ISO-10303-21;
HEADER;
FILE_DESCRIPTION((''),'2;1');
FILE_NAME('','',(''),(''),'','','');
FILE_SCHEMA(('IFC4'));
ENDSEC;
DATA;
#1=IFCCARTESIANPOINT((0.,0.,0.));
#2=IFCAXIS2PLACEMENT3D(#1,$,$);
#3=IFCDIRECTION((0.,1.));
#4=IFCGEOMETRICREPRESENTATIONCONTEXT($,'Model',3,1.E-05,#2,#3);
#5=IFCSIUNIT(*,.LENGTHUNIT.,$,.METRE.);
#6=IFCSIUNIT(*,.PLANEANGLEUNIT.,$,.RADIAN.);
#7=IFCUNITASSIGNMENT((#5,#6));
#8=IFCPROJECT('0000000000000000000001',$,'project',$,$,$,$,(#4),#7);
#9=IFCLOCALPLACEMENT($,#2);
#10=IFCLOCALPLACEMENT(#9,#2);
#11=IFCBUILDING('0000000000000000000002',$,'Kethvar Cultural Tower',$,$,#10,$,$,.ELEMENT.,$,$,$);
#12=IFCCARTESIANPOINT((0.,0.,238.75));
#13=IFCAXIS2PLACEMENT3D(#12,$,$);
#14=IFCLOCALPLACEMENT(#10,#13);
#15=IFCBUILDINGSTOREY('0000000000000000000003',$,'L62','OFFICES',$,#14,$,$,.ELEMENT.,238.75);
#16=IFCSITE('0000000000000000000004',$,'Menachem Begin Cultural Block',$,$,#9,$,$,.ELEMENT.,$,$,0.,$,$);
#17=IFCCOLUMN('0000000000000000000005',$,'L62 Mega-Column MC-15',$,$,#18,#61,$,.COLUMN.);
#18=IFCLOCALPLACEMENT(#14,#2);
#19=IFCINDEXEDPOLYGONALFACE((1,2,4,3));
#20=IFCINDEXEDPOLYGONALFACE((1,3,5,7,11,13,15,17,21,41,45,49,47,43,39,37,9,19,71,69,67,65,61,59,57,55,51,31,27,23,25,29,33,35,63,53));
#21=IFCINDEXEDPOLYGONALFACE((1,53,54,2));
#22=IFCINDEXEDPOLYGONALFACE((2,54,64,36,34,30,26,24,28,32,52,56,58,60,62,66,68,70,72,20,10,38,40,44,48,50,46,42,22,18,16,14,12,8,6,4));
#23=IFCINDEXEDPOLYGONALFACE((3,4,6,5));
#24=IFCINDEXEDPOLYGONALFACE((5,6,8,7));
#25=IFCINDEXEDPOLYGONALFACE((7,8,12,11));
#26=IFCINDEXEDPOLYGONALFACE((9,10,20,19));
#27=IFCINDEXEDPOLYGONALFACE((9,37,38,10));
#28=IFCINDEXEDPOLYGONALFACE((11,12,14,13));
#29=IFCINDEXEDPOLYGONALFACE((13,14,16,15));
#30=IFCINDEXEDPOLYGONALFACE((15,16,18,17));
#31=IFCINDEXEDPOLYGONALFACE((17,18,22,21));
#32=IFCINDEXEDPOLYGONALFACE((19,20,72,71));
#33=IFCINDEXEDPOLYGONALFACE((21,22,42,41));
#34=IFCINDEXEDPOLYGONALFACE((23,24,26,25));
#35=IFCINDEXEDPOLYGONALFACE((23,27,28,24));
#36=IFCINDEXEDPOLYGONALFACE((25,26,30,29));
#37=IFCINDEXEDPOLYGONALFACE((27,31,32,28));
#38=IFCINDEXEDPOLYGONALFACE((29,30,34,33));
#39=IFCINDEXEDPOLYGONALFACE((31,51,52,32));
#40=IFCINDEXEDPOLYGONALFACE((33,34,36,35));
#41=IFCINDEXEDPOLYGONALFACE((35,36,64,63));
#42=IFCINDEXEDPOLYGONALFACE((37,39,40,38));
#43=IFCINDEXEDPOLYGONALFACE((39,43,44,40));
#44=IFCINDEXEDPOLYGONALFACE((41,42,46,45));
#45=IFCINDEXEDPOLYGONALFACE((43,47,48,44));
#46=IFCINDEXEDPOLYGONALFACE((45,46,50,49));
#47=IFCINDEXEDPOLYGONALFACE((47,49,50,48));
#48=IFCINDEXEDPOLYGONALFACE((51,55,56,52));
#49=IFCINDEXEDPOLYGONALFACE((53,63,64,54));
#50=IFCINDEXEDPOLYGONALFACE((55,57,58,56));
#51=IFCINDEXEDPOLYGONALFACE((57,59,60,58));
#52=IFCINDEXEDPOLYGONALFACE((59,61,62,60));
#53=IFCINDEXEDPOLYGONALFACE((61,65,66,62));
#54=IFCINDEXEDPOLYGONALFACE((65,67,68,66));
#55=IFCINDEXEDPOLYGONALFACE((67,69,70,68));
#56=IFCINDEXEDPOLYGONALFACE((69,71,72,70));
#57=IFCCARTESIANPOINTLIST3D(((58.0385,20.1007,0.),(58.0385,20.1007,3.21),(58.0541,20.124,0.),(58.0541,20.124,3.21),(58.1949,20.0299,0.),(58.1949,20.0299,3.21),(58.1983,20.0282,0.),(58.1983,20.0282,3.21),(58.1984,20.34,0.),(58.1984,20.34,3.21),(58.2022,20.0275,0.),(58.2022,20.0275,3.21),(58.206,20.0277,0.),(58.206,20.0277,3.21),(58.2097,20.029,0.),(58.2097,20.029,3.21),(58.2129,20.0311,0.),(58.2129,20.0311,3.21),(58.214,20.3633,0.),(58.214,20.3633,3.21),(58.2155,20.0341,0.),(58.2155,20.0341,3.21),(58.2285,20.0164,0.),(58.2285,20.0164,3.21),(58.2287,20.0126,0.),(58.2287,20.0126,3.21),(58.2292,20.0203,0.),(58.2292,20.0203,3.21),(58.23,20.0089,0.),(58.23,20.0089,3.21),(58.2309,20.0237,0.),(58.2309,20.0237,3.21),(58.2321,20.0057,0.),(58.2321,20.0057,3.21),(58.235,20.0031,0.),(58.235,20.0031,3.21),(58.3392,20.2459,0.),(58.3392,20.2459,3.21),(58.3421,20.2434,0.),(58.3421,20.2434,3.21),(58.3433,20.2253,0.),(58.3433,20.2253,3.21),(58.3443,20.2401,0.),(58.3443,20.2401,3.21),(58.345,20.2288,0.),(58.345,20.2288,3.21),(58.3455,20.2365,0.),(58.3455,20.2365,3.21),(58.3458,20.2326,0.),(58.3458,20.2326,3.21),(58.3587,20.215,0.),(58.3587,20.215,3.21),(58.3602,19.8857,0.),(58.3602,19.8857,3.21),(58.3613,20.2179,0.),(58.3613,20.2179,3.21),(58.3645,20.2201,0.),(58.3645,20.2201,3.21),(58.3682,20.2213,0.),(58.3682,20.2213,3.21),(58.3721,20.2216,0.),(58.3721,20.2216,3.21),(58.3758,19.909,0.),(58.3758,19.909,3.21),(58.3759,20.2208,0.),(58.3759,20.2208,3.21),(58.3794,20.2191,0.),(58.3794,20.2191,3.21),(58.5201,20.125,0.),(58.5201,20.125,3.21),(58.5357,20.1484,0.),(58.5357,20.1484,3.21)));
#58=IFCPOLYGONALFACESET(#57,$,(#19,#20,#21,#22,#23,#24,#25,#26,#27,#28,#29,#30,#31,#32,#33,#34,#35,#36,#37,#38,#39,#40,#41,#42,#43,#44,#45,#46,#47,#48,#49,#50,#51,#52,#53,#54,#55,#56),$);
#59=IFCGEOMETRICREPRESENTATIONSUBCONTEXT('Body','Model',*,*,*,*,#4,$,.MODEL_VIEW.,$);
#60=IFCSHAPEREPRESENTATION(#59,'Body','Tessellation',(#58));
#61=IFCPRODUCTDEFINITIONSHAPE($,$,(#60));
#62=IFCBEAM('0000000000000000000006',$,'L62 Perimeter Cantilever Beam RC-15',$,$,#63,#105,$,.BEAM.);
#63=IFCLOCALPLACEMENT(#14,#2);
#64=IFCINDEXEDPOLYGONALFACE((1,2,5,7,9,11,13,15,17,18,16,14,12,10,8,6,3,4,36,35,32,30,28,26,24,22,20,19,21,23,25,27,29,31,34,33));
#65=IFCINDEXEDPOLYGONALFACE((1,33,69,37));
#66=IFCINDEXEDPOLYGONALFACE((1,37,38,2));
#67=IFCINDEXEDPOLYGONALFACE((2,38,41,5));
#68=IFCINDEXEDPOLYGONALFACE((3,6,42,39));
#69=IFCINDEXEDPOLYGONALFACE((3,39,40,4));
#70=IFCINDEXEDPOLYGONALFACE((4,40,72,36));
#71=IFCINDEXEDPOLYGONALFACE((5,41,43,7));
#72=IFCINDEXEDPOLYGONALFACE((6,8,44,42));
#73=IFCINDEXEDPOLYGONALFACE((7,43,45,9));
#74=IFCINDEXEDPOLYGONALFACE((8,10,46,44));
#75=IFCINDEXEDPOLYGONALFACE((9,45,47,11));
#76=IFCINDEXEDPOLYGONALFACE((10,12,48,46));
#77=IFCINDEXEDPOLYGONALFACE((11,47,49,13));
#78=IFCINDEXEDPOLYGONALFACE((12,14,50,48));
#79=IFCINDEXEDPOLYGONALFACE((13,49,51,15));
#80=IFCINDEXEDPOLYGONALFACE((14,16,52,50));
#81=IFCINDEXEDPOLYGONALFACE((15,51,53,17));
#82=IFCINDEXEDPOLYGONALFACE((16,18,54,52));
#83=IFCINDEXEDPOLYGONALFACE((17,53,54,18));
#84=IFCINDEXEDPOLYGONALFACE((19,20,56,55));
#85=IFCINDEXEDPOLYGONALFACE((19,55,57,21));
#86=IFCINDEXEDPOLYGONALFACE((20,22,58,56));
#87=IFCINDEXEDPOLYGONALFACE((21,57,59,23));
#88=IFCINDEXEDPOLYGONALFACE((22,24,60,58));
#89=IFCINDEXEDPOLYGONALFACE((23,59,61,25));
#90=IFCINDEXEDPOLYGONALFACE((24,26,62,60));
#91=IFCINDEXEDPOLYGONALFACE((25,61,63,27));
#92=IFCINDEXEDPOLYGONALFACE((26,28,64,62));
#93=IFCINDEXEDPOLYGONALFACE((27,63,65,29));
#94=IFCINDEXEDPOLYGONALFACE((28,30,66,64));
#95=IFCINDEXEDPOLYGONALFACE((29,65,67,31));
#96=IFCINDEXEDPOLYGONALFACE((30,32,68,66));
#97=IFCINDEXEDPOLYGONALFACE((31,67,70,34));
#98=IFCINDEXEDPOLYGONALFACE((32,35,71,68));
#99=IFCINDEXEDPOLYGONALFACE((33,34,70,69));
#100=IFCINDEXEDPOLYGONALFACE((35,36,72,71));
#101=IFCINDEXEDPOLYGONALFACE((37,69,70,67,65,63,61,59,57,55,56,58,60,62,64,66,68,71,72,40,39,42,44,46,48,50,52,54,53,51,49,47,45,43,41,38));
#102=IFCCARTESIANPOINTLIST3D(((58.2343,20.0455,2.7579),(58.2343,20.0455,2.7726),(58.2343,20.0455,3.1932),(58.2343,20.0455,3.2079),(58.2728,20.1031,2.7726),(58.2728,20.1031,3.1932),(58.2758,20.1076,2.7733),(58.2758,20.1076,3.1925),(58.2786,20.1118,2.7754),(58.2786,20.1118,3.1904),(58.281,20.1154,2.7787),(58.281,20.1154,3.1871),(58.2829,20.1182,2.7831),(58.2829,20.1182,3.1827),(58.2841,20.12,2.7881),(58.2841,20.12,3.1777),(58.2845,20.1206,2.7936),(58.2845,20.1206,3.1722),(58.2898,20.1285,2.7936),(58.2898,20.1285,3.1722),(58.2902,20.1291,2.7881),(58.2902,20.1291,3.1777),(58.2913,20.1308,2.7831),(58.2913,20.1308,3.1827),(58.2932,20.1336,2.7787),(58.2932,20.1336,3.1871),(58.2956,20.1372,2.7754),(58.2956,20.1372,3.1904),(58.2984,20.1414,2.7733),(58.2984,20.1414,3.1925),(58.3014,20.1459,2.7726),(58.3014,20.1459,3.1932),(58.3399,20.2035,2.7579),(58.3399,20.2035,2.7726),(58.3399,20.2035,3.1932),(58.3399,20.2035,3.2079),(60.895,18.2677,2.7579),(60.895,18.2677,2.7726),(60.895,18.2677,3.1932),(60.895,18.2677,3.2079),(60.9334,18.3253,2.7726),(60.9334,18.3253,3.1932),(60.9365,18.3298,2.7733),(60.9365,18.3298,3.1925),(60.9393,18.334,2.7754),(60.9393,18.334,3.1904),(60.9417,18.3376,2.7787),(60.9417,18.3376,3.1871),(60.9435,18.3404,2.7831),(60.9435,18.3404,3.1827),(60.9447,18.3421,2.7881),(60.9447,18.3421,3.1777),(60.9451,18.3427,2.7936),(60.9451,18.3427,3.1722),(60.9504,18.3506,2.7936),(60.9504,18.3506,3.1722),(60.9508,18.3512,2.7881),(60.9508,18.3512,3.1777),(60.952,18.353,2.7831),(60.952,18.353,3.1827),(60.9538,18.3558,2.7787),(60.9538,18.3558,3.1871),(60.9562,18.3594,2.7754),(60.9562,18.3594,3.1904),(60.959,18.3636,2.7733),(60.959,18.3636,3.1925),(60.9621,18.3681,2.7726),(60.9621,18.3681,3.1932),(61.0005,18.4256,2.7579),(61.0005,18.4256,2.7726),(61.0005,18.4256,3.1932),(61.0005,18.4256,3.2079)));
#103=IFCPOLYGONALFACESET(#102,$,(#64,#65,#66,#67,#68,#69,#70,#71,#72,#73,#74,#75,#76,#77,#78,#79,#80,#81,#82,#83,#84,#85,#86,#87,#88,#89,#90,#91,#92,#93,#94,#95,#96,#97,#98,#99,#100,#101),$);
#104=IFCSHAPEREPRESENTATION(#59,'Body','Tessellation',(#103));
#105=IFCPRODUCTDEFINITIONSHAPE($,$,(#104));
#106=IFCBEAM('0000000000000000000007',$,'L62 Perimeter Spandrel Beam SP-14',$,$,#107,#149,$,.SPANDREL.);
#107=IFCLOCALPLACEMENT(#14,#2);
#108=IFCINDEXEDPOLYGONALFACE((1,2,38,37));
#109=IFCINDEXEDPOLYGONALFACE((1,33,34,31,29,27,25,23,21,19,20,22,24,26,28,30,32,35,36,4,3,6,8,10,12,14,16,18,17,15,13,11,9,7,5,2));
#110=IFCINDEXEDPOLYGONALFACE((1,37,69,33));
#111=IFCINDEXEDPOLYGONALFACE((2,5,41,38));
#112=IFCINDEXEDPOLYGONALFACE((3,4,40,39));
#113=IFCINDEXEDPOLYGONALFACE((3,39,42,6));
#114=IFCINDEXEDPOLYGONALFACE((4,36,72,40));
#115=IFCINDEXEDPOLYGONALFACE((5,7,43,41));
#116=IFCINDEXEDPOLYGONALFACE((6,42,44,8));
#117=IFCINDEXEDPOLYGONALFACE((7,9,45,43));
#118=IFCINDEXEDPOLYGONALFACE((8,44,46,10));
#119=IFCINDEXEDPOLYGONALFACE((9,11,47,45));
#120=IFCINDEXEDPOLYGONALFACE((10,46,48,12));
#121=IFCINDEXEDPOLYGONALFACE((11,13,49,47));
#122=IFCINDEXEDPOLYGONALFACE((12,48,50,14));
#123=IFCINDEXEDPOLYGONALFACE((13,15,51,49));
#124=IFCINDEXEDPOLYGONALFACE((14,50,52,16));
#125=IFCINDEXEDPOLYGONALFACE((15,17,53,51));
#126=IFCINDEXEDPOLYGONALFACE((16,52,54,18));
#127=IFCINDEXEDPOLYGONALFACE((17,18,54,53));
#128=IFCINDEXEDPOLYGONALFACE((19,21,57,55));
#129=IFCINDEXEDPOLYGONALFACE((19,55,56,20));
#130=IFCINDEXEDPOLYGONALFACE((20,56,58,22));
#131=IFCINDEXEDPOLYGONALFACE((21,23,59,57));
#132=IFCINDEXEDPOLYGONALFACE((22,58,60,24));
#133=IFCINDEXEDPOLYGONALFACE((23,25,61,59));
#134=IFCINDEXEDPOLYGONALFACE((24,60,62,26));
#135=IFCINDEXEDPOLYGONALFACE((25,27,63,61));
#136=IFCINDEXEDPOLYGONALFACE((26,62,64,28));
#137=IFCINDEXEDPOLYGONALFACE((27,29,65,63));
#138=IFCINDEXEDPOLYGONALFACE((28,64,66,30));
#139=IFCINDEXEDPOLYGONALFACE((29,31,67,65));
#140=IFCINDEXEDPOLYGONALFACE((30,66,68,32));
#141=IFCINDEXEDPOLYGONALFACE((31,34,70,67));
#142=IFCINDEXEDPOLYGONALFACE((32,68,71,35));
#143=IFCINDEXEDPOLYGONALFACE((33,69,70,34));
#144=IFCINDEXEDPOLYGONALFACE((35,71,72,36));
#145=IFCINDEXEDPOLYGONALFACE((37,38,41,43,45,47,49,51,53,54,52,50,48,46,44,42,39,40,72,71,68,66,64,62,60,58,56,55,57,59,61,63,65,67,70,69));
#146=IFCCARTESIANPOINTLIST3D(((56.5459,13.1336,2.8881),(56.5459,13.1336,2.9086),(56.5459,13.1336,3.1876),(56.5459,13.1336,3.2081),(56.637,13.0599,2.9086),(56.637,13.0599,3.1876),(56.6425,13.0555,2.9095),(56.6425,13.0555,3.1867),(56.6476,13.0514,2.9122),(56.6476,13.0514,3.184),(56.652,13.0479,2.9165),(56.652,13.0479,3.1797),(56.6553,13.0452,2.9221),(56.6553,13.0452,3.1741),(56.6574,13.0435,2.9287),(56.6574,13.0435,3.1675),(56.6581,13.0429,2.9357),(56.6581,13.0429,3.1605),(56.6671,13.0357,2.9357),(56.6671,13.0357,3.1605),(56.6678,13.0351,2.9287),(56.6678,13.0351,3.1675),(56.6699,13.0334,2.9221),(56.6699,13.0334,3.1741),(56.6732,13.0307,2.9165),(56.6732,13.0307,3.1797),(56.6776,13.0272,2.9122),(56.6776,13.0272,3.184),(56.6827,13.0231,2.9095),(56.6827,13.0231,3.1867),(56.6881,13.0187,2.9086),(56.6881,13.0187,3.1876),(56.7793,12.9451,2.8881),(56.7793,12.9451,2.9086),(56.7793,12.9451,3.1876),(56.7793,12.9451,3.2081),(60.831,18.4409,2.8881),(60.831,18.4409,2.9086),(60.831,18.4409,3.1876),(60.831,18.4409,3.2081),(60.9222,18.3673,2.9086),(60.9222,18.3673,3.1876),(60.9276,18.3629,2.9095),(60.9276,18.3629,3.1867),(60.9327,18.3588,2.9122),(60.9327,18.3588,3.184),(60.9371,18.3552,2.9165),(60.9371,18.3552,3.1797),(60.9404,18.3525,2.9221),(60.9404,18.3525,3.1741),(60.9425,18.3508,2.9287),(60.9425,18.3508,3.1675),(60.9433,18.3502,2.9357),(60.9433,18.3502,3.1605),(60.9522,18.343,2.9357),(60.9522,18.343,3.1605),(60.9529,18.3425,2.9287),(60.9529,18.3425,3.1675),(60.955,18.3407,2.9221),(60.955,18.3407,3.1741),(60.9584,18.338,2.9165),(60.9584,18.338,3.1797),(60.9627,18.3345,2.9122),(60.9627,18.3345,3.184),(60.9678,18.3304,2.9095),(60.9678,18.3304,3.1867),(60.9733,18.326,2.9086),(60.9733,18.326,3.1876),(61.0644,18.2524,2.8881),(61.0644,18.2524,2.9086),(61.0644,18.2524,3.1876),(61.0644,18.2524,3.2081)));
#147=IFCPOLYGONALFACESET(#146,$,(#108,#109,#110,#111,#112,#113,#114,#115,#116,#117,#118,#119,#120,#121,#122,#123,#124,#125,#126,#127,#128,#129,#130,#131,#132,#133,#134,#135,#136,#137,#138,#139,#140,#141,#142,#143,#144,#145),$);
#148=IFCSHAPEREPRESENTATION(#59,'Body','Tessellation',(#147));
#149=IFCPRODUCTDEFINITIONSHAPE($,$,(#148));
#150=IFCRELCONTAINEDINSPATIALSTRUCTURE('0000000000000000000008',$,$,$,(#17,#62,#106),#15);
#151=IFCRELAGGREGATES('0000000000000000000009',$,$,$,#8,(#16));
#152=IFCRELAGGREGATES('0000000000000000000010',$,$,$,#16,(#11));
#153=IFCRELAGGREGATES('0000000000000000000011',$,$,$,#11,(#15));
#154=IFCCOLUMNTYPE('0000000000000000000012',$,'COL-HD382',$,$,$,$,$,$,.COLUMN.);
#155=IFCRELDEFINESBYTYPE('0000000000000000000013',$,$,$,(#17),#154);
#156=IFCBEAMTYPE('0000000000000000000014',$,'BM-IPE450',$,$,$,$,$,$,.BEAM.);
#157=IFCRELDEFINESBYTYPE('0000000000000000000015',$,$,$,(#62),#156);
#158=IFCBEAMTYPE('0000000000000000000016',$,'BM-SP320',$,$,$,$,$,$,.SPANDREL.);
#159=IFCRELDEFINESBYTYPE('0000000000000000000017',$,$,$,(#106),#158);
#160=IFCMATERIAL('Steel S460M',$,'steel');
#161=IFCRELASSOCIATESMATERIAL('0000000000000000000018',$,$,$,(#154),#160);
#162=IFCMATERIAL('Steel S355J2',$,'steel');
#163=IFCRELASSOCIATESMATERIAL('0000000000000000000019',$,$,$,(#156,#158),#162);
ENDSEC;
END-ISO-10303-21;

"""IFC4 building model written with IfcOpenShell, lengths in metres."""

from ifc_helpers import new_model, si_unit, direction, frame, origin, origin_2d, place, context, subcontext, project, spatial, i_section, extrude, source, transform, mapped, material, material_profile, profile_set, type_object, element, save


model = new_model("IFC4")

# Units and contexts
model_context = context("Model", 3, precision=1e-05, world=origin(), true_north=direction((0.0, 1.0)))
body_context = subcontext(model_context, "Body", "Model", "MODEL_VIEW")
ifc_project = project(units=[si_unit("LENGTHUNIT", "METRE"), si_unit("PLANEANGLEUNIT", "RADIAN")], contexts=[model_context])

# Site, building, storey
site_placement = place(None, origin())
site = spatial("IfcSite", under=ifc_project, at=site_placement, Name="Menachem Begin Cultural Block", CompositionType="ELEMENT", RefElevation=0.0)
building_placement = place(site_placement, origin())
building = spatial("IfcBuilding", under=site, at=building_placement, Name="Kethvar Cultural Tower", CompositionType="ELEMENT")
storey_placement = place(building_placement, frame((0.0, 0.0, 238.75)))
storey = spatial("IfcBuildingStorey", under=building, at=storey_placement, Name="L62", Description="OFFICES", CompositionType="ELEMENT", Elevation=238.75)

# Column
ifc_material_1 = material(Name="Steel S460M", Category="steel")
ifc_material_profile_1 = material_profile(ifc_material_1, i_section(OverallWidth=0.387, OverallDepth=0.3159, WebThickness=0.0186, FlangeThickness=0.0281, FilletRadius=0.0149, at=origin_2d()), Name="Steel S460M — HD400x382")
ifc_profile_set_1 = profile_set([ifc_material_profile_1], Name="Steel S460M — HD400x382")
column_type = type_object("IfcColumnType", Name="COL-HD382", PredefinedType="COLUMN", material=ifc_profile_set_1)
shared_shape_1 = source(origin(), body_context, "Body", "SweptSolid", [
    extrude(i_section(OverallWidth=0.387, OverallDepth=0.3159, WebThickness=0.0186, FlangeThickness=0.0281, FilletRadius=0.0149, at=origin_2d()), origin(), (0.0, 0.0, 1.0), 3.21),
])
column_placement = place(storey_placement, frame((58.2871, 20.1245, 0.0), z_axis=(0.0, 0.0, 1.0), x_axis=(0.83147, -0.55557, 0.0)))
element("IfcColumn", 1, at=column_placement, inside=storey, type_object=column_type, Name="L62 Mega-Column MC-15", PredefinedType="COLUMN", context=body_context, shape_type="MappedRepresentation", body=[
    mapped(shared_shape_1, transform((0.0, 0.0, 0.0), scale=1.0)),
])

# Beams
ifc_material_2 = material(Name="Steel S355J2", Category="steel")
ifc_material_profile_2 = material_profile(ifc_material_2, i_section(OverallWidth=0.1899, OverallDepth=0.45, WebThickness=0.0095, FlangeThickness=0.0146, FilletRadius=0.021, at=origin_2d()), Name="Steel S355J2 — IPE450")
ifc_profile_set_2 = profile_set([ifc_material_profile_2], Name="Steel S355J2 — IPE450")
beam_type_1 = type_object("IfcBeamType", Name="BM-IPE450", PredefinedType="BEAM", material=ifc_profile_set_2)
shared_shape_2 = source(origin(), body_context, "Body", "SweptSolid", [
    extrude(i_section(OverallWidth=0.1899, OverallDepth=0.45, WebThickness=0.0095, FlangeThickness=0.0146, FilletRadius=0.021, at=origin_2d()), origin(), (0.0, 0.0, 1.0), 3.2),
])
beam_1_placement = place(storey_placement, frame((58.2871, 20.1245, 2.9829), z_axis=(0.831463, -0.55558, 0.0), x_axis=(0.55558, 0.831463, 0.0)))
element("IfcBeam", 2, at=beam_1_placement, inside=storey, type_object=beam_type_1, Name="L62 Perimeter Cantilever Beam RC-15", PredefinedType="BEAM", context=body_context, shape_type="MappedRepresentation", body=[
    mapped(shared_shape_2, transform((0.0, 0.0, 0.0), scale=1.0)),
])
ifc_material_profile_3 = material_profile(ifc_material_2, i_section(OverallWidth=0.3, OverallDepth=0.3201, WebThickness=0.0115, FlangeThickness=0.0205, FilletRadius=0.0271, at=origin_2d()), Name="Steel S355J2 — HEB320")
ifc_profile_set_3 = profile_set([ifc_material_profile_3], Name="Steel S355J2 — HEB320")
beam_type_2 = type_object("IfcBeamType", Name="BM-SP320", PredefinedType="SPANDREL", material=ifc_profile_set_3)
shared_shape_3 = source(origin(), body_context, "Body", "SweptSolid", [
    extrude(i_section(OverallWidth=0.3, OverallDepth=0.3201, WebThickness=0.0115, FlangeThickness=0.0205, FilletRadius=0.0271, at=origin_2d()), origin(), (0.0, 0.0, 1.0), 6.8213),
])
beam_2_placement = place(storey_placement, frame((56.6626, 13.0393, 3.0481), z_axis=(0.628198, 0.778054, 0.0), x_axis=(-0.778054, 0.628198, 0.0)))
element("IfcBeam", 3, at=beam_2_placement, inside=storey, type_object=beam_type_2, Name="L62 Perimeter Spandrel Beam SP-14", PredefinedType="SPANDREL", context=body_context, shape_type="MappedRepresentation", body=[
    mapped(shared_shape_3, transform((0.0, 0.0, 0.0), scale=1.0)),
])

save(model, "model.ifc")
